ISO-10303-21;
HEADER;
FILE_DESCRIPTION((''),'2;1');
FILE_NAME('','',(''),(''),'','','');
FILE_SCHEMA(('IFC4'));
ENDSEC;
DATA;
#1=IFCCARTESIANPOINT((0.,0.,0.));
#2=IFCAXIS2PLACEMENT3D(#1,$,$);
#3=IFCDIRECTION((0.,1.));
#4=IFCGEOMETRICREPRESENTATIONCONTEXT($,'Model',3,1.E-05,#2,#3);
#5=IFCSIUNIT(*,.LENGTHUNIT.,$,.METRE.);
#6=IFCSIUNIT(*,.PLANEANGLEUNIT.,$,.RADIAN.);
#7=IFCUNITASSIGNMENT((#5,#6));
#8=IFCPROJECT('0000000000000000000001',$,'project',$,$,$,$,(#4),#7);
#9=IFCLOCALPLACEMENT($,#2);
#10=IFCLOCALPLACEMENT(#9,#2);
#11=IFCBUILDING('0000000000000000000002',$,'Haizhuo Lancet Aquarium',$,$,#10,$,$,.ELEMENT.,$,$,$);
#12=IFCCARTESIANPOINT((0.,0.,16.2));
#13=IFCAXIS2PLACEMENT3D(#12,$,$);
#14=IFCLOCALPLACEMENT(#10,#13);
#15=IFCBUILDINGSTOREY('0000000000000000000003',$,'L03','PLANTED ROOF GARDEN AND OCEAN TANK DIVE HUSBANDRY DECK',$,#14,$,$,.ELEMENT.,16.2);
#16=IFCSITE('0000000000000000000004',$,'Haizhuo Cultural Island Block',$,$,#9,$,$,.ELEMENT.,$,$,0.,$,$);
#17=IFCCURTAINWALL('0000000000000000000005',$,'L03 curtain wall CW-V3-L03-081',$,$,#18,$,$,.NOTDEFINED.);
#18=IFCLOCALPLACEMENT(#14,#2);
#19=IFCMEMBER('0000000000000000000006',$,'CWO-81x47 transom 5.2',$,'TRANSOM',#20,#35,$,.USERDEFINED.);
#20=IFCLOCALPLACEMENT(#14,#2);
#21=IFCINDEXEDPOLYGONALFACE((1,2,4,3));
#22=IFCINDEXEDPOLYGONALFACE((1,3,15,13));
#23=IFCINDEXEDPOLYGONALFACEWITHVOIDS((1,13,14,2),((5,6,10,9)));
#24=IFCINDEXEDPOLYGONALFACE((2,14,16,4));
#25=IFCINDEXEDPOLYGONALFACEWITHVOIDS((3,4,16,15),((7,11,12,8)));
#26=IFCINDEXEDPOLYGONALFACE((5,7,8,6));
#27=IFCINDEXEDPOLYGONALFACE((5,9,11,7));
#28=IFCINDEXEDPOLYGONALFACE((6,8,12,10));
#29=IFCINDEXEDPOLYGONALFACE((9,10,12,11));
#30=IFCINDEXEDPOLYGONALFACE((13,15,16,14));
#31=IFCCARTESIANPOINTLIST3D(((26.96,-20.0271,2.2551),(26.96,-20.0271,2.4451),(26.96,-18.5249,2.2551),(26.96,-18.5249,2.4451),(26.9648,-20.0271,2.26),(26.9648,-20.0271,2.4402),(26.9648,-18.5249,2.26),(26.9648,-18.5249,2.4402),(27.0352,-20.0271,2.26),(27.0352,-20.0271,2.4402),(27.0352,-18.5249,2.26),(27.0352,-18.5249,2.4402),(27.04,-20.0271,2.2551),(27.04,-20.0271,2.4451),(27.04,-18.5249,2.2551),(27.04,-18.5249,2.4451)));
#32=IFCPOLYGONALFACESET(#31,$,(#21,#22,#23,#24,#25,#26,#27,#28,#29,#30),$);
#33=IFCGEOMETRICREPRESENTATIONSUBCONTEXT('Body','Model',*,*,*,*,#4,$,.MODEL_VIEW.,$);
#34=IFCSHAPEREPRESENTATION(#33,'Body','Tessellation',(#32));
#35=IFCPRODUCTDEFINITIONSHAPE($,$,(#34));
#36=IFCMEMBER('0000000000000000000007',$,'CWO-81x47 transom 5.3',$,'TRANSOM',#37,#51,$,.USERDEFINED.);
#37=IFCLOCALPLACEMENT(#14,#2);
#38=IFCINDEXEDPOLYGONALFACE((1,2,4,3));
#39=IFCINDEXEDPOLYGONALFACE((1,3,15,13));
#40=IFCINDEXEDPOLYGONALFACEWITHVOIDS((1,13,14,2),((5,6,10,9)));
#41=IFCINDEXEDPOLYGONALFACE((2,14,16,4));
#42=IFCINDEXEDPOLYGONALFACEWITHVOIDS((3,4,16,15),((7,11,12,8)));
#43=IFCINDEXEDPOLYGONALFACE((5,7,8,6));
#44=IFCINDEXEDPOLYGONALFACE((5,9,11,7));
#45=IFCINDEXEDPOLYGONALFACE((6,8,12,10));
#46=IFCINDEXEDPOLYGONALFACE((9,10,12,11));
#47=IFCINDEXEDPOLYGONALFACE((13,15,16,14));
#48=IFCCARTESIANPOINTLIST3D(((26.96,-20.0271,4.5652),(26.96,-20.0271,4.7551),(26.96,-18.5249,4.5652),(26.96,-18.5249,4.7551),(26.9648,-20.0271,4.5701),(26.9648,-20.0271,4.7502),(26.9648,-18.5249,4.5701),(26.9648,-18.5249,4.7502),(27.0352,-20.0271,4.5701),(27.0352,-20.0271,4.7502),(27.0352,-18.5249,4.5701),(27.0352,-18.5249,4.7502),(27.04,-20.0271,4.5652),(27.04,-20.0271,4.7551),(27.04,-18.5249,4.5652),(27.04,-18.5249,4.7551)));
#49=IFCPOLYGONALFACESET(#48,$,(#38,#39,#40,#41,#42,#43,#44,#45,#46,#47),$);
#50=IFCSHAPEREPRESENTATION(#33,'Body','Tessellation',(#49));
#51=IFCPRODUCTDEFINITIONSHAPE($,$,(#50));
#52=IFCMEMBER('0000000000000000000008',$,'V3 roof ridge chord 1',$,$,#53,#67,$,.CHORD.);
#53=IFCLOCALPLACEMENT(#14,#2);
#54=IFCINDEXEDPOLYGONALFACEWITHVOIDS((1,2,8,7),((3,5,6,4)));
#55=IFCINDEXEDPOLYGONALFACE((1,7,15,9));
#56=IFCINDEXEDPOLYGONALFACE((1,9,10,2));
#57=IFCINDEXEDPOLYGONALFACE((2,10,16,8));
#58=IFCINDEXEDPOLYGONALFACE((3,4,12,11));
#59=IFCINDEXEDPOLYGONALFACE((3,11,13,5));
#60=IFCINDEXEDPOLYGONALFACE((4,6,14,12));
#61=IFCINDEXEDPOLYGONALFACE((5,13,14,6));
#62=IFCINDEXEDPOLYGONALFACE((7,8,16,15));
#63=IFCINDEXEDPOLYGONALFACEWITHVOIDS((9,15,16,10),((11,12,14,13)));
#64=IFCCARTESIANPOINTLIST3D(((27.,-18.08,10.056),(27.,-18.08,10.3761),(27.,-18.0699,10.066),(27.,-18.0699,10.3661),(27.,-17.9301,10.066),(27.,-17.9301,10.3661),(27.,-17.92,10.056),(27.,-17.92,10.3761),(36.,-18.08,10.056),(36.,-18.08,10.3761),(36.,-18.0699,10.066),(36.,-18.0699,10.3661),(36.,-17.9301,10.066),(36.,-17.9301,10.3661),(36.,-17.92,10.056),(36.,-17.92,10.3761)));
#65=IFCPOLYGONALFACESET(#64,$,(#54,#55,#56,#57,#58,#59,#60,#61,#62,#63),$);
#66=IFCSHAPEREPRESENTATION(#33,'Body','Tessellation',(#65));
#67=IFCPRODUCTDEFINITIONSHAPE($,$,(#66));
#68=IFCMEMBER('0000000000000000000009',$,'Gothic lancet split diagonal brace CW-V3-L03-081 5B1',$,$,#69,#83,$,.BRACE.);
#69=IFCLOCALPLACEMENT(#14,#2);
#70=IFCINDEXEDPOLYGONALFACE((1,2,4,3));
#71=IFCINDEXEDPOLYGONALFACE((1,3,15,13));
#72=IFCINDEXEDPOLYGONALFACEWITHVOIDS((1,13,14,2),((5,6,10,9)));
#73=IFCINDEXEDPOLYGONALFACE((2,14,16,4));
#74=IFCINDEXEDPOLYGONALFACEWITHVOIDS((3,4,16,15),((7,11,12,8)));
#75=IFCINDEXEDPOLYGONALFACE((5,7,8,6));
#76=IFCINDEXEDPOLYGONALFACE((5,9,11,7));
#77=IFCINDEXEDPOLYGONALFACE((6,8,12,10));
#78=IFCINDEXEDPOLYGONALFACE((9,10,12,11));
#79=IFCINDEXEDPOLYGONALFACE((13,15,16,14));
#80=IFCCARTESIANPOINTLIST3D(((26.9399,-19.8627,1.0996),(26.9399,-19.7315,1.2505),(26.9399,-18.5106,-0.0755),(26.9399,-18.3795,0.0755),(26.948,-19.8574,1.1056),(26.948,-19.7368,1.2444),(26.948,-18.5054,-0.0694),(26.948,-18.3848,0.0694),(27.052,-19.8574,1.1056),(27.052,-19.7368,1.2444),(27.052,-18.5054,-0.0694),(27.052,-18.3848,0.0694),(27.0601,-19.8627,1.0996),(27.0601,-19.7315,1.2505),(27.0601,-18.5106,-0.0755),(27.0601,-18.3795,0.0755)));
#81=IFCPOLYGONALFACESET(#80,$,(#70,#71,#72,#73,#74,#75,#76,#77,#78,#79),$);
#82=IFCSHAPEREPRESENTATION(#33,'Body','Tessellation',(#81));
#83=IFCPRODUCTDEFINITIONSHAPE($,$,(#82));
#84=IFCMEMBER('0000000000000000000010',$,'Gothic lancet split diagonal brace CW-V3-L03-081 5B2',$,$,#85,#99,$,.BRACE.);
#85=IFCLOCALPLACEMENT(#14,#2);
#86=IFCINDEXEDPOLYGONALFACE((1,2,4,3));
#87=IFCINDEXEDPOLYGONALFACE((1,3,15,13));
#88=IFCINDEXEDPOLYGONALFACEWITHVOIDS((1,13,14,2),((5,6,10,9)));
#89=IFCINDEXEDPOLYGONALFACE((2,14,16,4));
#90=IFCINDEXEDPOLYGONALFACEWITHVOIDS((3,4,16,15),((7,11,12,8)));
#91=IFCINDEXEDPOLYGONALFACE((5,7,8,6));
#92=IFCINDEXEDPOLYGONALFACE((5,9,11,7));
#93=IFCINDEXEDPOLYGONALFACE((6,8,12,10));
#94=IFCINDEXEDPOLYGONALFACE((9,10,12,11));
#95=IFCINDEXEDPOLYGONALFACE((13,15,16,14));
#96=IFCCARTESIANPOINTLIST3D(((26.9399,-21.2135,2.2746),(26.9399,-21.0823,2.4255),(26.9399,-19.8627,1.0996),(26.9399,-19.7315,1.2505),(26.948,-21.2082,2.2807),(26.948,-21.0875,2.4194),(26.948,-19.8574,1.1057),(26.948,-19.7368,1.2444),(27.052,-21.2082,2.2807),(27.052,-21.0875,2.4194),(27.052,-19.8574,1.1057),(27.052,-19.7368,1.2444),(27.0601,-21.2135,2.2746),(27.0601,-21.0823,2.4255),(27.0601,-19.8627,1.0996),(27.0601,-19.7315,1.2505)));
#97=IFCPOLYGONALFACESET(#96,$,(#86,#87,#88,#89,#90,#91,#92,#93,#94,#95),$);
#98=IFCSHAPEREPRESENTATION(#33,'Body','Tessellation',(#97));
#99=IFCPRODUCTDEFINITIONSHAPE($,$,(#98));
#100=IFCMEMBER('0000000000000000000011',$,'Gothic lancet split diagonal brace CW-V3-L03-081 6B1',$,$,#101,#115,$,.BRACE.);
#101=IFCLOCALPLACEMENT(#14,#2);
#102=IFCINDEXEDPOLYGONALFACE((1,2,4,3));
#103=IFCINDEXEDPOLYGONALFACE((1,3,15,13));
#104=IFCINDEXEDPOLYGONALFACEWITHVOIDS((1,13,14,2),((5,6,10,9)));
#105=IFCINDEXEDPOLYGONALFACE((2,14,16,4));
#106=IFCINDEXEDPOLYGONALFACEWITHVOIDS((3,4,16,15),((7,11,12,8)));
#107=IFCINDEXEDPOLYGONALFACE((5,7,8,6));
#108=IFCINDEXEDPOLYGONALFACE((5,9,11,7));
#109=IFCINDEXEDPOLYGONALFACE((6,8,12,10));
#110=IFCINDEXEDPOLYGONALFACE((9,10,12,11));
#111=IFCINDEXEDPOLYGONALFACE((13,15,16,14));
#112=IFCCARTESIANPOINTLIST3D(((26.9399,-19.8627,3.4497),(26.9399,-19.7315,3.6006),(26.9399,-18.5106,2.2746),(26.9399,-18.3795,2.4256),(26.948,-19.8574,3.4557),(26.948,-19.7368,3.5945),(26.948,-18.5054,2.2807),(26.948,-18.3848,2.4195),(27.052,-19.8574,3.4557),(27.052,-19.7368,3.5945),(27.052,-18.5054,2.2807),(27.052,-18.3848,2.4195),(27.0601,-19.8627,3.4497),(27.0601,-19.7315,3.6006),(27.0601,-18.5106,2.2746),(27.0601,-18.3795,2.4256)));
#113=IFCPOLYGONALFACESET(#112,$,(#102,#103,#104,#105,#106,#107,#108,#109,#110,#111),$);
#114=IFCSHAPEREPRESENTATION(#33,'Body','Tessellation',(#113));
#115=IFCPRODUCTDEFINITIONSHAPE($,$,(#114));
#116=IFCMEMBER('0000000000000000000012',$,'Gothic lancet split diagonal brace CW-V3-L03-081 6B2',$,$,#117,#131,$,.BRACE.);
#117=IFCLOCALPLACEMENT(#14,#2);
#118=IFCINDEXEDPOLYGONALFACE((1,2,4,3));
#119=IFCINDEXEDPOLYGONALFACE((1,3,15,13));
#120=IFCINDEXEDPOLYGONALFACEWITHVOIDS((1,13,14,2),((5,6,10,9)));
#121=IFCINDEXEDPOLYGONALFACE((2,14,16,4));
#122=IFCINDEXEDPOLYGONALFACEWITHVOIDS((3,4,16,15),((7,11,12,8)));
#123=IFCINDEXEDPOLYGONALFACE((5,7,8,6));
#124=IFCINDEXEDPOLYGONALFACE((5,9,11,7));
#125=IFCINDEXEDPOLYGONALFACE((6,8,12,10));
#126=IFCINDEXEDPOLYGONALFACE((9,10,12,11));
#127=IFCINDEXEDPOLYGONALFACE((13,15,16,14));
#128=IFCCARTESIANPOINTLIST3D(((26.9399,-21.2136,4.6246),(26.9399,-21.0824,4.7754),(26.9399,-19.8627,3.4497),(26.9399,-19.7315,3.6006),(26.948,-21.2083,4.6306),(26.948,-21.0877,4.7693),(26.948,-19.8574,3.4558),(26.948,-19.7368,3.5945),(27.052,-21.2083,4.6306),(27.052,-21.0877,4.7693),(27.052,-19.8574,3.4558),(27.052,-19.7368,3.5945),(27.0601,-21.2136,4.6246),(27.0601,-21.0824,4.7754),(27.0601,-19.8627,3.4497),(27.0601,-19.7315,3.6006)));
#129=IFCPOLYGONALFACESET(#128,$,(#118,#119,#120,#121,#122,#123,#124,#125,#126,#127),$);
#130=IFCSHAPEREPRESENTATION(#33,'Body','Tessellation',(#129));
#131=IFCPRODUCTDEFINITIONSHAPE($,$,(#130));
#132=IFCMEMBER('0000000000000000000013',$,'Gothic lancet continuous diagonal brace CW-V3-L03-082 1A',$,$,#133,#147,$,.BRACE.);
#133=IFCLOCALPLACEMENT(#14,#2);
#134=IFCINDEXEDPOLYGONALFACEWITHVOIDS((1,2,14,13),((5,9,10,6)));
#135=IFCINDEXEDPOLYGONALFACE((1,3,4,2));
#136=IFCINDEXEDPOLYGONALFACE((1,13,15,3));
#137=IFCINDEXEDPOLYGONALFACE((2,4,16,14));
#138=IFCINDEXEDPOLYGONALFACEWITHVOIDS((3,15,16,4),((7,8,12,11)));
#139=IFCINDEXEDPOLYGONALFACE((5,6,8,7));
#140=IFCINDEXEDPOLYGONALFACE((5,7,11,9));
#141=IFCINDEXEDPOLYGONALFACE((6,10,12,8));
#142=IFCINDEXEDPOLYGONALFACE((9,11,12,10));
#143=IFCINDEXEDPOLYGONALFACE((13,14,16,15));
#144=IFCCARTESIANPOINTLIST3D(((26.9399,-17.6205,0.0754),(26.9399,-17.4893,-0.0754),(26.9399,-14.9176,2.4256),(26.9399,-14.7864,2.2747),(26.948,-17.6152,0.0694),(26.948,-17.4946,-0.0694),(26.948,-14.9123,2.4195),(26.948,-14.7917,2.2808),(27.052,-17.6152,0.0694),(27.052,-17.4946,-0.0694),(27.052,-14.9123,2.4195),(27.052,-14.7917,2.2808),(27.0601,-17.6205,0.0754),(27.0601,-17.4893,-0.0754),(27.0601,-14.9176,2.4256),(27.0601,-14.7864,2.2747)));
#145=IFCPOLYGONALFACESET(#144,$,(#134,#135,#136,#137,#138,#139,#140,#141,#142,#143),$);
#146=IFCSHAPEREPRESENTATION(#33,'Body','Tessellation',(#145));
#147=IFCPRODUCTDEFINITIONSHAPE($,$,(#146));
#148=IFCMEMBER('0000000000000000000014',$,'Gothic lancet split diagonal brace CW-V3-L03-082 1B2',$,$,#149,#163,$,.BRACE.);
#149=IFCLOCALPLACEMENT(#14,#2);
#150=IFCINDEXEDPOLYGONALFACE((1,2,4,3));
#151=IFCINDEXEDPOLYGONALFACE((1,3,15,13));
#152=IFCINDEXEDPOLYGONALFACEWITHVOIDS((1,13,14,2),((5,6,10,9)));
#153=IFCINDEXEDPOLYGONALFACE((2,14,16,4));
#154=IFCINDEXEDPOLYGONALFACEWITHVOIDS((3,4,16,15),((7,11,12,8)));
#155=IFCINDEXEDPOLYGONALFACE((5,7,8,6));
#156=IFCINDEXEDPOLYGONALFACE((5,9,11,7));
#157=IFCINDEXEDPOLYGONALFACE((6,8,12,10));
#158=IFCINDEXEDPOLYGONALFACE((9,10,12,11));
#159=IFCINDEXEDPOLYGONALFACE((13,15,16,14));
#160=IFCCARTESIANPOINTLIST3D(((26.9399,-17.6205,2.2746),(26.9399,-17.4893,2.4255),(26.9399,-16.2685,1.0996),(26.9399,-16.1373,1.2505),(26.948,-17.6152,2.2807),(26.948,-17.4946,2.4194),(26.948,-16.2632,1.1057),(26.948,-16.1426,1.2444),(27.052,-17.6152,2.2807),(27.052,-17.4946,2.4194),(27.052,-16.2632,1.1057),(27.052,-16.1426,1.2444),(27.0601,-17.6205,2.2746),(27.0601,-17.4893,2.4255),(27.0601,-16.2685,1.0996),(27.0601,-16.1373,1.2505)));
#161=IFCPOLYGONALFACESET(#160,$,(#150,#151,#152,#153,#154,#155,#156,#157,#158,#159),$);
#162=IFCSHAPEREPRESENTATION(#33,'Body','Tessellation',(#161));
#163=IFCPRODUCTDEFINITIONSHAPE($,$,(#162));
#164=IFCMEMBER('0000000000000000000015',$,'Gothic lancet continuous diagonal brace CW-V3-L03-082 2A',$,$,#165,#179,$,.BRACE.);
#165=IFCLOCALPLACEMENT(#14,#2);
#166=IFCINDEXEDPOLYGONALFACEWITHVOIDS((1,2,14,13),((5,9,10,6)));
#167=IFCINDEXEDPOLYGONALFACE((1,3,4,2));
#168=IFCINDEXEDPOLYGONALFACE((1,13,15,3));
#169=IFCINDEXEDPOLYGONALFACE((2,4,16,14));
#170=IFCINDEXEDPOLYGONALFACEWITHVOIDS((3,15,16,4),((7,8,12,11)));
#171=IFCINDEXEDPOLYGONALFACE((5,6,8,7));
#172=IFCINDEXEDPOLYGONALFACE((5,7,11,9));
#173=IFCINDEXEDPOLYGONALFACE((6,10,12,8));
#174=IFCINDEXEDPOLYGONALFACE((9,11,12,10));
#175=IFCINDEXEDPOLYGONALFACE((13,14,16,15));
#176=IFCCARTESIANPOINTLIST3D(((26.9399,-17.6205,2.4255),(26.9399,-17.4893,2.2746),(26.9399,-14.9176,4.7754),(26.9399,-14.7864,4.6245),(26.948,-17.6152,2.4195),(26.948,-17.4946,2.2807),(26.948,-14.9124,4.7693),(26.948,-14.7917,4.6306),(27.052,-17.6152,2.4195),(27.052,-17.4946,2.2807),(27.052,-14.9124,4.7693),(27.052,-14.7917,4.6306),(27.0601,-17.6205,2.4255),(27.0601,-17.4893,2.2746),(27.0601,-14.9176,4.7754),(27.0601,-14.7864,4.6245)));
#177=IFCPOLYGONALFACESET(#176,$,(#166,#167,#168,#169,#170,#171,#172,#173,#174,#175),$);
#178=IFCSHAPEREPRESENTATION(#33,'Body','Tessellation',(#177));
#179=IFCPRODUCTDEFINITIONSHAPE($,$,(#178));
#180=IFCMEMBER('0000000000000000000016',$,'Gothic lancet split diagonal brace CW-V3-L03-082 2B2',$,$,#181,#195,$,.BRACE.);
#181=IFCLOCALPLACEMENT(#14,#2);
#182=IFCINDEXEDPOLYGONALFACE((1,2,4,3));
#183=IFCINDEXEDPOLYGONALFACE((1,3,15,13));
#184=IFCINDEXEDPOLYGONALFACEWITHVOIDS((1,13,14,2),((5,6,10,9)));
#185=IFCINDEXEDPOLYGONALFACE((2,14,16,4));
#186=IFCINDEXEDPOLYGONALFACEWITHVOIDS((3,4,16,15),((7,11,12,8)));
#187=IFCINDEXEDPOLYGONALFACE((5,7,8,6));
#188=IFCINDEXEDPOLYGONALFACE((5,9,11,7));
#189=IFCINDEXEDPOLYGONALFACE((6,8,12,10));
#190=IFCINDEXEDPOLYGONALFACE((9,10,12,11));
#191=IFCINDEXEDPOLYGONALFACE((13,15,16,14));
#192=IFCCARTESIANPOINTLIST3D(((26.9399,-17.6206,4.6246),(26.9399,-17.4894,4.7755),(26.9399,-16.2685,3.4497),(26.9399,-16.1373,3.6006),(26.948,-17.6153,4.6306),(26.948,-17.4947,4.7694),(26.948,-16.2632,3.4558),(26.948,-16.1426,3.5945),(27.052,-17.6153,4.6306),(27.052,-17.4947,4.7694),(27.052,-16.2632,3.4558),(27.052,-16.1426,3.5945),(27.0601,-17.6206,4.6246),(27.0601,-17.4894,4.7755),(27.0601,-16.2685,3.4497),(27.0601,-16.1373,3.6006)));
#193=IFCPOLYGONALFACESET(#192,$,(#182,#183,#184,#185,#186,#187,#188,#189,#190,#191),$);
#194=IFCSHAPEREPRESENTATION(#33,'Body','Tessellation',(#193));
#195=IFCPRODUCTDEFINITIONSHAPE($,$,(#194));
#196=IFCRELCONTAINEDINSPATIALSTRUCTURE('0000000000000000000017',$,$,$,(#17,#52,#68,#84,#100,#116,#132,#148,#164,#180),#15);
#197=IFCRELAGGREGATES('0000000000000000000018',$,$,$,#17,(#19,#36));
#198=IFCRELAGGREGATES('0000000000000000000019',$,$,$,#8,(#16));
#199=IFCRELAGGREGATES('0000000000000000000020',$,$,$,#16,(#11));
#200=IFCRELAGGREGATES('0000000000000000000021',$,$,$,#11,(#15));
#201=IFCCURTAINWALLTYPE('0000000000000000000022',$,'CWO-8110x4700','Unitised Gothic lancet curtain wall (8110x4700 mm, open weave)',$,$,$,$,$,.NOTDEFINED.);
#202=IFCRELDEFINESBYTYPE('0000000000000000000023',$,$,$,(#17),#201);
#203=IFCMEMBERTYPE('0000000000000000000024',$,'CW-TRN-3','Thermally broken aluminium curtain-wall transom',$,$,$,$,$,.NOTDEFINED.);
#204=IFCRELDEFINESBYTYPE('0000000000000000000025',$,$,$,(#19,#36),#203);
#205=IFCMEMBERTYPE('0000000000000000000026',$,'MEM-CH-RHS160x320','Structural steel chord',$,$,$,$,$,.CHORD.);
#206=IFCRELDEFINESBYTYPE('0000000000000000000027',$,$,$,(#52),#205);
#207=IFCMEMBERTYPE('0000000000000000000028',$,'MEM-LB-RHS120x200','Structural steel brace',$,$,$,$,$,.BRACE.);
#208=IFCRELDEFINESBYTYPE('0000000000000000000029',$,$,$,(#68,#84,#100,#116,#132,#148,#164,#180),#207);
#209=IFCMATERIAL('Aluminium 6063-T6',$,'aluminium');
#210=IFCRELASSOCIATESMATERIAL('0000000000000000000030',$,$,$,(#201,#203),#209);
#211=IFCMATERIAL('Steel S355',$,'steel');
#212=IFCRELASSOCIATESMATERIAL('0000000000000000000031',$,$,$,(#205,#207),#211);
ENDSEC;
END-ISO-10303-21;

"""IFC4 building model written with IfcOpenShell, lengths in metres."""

from ifc_helpers import new_model, si_unit, direction, frame, origin, origin_2d, place, context, subcontext, project, spatial, hollow_rectangle, extrude, material, material_profile, profile_set, type_object, element, aggregate, save


model = new_model("IFC4")

# Units and contexts
model_context = context("Model", 3, precision=1e-05, world=origin(), true_north=direction((0.0, 1.0)))
body_context = subcontext(model_context, "Body", "Model", "MODEL_VIEW")
ifc_project = project(units=[si_unit("LENGTHUNIT", "METRE"), si_unit("PLANEANGLEUNIT", "RADIAN")], contexts=[model_context])

# Site, building, storey
site_placement = place(None, origin())
site = spatial("IfcSite", under=ifc_project, at=site_placement, Name="Haizhuo Cultural Island Block", CompositionType="ELEMENT", RefElevation=0.0)
building_placement = place(site_placement, origin())
building = spatial("IfcBuilding", under=site, at=building_placement, Name="Haizhuo Lancet Aquarium", CompositionType="ELEMENT")
storey_placement = place(building_placement, frame((0.0, 0.0, 16.2)))
storey = spatial("IfcBuildingStorey", under=building, at=storey_placement, Name="L03", Description="PLANTED ROOF GARDEN AND OCEAN TANK DIVE HUSBANDRY DECK", CompositionType="ELEMENT", Elevation=16.2)

# Curtain wall
ifc_material_1 = material(Name="Aluminium 6063-T6", Category="aluminium")
curtain_wall_type = type_object("IfcCurtainWallType", Name="CWO-8110x4700", Description="Unitised Gothic lancet curtain wall (8110x4700 mm, open weave)", PredefinedType="NOTDEFINED", material=ifc_material_1)
curtain_wall_1_placement = place(storey_placement, origin())
curtain_wall_1 = element("IfcCurtainWall", 1, at=curtain_wall_1_placement, inside=storey, type_object=curtain_wall_type, Name="L03 curtain wall CW-V3-L03-081", PredefinedType="NOTDEFINED")

# Members
ifc_material_profile_1 = material_profile(ifc_material_1, hollow_rectangle(XDim=0.0801, YDim=0.1899, WallThickness=0.0049, at=origin_2d()), Name="ALU-T 80x190x5")
ifc_profile_set_1 = profile_set([ifc_material_profile_1], Name="Aluminium 6063-T6")
member_type_1 = type_object("IfcMemberType", Name="CW-TRN-3", Description="Thermally broken aluminium curtain-wall transom", PredefinedType="NOTDEFINED", material=ifc_profile_set_1)
member_1_placement = place(storey_placement, frame((27.0, -20.0271, 2.3501), z_axis=(0.0, 1.0, 0.0), x_axis=(-1.0, 0.0, 0.0)))
member_1 = element("IfcMember", 2, at=member_1_placement, type_object=member_type_1, Name="CWO-81x47 transom 5.2", ObjectType="TRANSOM", PredefinedType="USERDEFINED", context=body_context, shape_type="SweptSolid", body=[
    extrude(hollow_rectangle(XDim=0.0801, YDim=0.1899, WallThickness=0.0049, at=origin_2d()), origin(), (0.0, 0.0, 1.0), 1.5022),
])
member_2_placement = place(storey_placement, frame((27.0, -20.0271, 4.6602), z_axis=(0.0, 1.0, 0.0), x_axis=(-1.0, 0.0, 0.0)))
member_2 = element("IfcMember", 3, at=member_2_placement, type_object=member_type_1, Name="CWO-81x47 transom 5.3", ObjectType="TRANSOM", PredefinedType="USERDEFINED", context=body_context, shape_type="SweptSolid", body=[
    extrude(hollow_rectangle(XDim=0.0801, YDim=0.1899, WallThickness=0.0049, at=origin_2d()), origin(), (0.0, 0.0, 1.0), 1.5022),
])

# Members
ifc_material_2 = material(Name="Steel S355", Category="steel")
ifc_material_profile_2 = material_profile(ifc_material_2, hollow_rectangle(XDim=0.1599, YDim=0.3201, WallThickness=0.01, at=origin_2d()), Name="RHS 160x320x10")
ifc_profile_set_2 = profile_set([ifc_material_profile_2], Name="Steel S355")
member_type_2 = type_object("IfcMemberType", Name="MEM-CH-RHS160x320", Description="Structural steel chord", PredefinedType="CHORD", material=ifc_profile_set_2)
member_3_placement = place(storey_placement, frame((27.0, -18.0, 10.2161), z_axis=(1.0, 0.0, 0.0), x_axis=(0.0, 1.0, 0.0)))
element("IfcMember", 4, at=member_3_placement, inside=storey, type_object=member_type_2, Name="V3 roof ridge chord 1", PredefinedType="CHORD", context=body_context, shape_type="SweptSolid", body=[
    extrude(hollow_rectangle(XDim=0.1599, YDim=0.3201, WallThickness=0.01, at=origin_2d()), origin(), (0.0, 0.0, 1.0), 9.0),
])
ifc_material_profile_3 = material_profile(ifc_material_2, hollow_rectangle(XDim=0.1201, YDim=0.2, WallThickness=0.0081, at=origin_2d()), Name="RHS 120x200x8")
ifc_profile_set_3 = profile_set([ifc_material_profile_3], Name="Steel S355")
member_type_3 = type_object("IfcMemberType", Name="MEM-LB-RHS120x200", Description="Structural steel brace", PredefinedType="BRACE", material=ifc_profile_set_3)
member_4_placement = place(storey_placement, frame((27.0, -18.4451, 0.0), z_axis=(0.0, -0.754784, 0.655973), x_axis=(1.0, 0.0, 0.0)))
element("IfcMember", 5, at=member_4_placement, inside=storey, type_object=member_type_3, Name="Gothic lancet split diagonal brace CW-V3-L03-081 5B1", PredefinedType="BRACE", context=body_context, shape_type="SweptSolid", body=[
    extrude(hollow_rectangle(XDim=0.1201, YDim=0.2, WallThickness=0.0081, at=origin_2d()), origin(), (0.0, 0.0, 1.0), 1.7913),
])
member_5_placement = place(storey_placement, frame((27.0, -19.7971, 1.175), z_axis=(0.0, -0.754491, 0.65631), x_axis=(1.0, 0.0, 0.0)))
element("IfcMember", 6, at=member_5_placement, inside=storey, type_object=member_type_3, Name="Gothic lancet split diagonal brace CW-V3-L03-081 5B2", PredefinedType="BRACE", context=body_context, shape_type="SweptSolid", body=[
    extrude(hollow_rectangle(XDim=0.1201, YDim=0.2, WallThickness=0.0081, at=origin_2d()), origin(), (0.0, 0.0, 1.0), 1.7903),
])
member_6_placement = place(storey_placement, frame((27.0, -18.4451, 2.3501), z_axis=(0.0, -0.754784, 0.655973), x_axis=(1.0, 0.0, 0.0)))
element("IfcMember", 7, at=member_6_placement, inside=storey, type_object=member_type_3, Name="Gothic lancet split diagonal brace CW-V3-L03-081 6B1", PredefinedType="BRACE", context=body_context, shape_type="SweptSolid", body=[
    extrude(hollow_rectangle(XDim=0.1201, YDim=0.2, WallThickness=0.0081, at=origin_2d()), origin(), (0.0, 0.0, 1.0), 1.7913),
])
member_7_placement = place(storey_placement, frame((27.0, -19.7971, 3.5251), z_axis=(0.0, -0.754559, 0.656233), x_axis=(1.0, 0.0, 0.0)))
element("IfcMember", 8, at=member_7_placement, inside=storey, type_object=member_type_3, Name="Gothic lancet split diagonal brace CW-V3-L03-081 6B2", PredefinedType="BRACE", context=body_context, shape_type="SweptSolid", body=[
    extrude(hollow_rectangle(XDim=0.1201, YDim=0.2, WallThickness=0.0081, at=origin_2d()), origin(), (0.0, 0.0, 1.0), 1.7903),
])
member_8_placement = place(storey_placement, frame((27.0, -17.5549, 0.0), z_axis=(0.0, 0.754638, 0.656142), x_axis=(-1.0, 0.0, 0.0)))
element("IfcMember", 9, at=member_8_placement, inside=storey, type_object=member_type_3, Name="Gothic lancet continuous diagonal brace CW-V3-L03-082 1A", PredefinedType="BRACE", context=body_context, shape_type="SweptSolid", body=[
    extrude(hollow_rectangle(XDim=0.1201, YDim=0.2, WallThickness=0.0081, at=origin_2d()), origin(), (0.0, 0.0, 1.0), 3.5818),
])
member_9_placement = place(storey_placement, frame((27.0, -16.2029, 1.175), z_axis=(0.0, -0.754784, 0.655973), x_axis=(1.0, 0.0, 0.0)))
element("IfcMember", 10, at=member_9_placement, inside=storey, type_object=member_type_3, Name="Gothic lancet split diagonal brace CW-V3-L03-082 1B2", PredefinedType="BRACE", context=body_context, shape_type="SweptSolid", body=[
    extrude(hollow_rectangle(XDim=0.1201, YDim=0.2, WallThickness=0.0081, at=origin_2d()), origin(), (0.0, 0.0, 1.0), 1.7913),
])
member_10_placement = place(storey_placement, frame((27.0, -17.5549, 2.3501), z_axis=(0.0, 0.754672, 0.656103), x_axis=(-1.0, 0.0, 0.0)))
element("IfcMember", 11, at=member_10_placement, inside=storey, type_object=member_type_3, Name="Gothic lancet continuous diagonal brace CW-V3-L03-082 2A", PredefinedType="BRACE", context=body_context, shape_type="SweptSolid", body=[
    extrude(hollow_rectangle(XDim=0.1201, YDim=0.2, WallThickness=0.0081, at=origin_2d()), origin(), (0.0, 0.0, 1.0), 3.5815),
])
member_11_placement = place(storey_placement, frame((27.0, -16.2029, 3.5251), z_axis=(0.0, -0.754852, 0.655895), x_axis=(1.0, 0.0, 0.0)))
element("IfcMember", 12, at=member_11_placement, inside=storey, type_object=member_type_3, Name="Gothic lancet split diagonal brace CW-V3-L03-082 2B2", PredefinedType="BRACE", context=body_context, shape_type="SweptSolid", body=[
    extrude(hollow_rectangle(XDim=0.1201, YDim=0.2, WallThickness=0.0081, at=origin_2d()), origin(), (0.0, 0.0, 1.0), 1.7913),
])

aggregate(curtain_wall_1, [member_1, member_2])

save(model, "model.ifc")
